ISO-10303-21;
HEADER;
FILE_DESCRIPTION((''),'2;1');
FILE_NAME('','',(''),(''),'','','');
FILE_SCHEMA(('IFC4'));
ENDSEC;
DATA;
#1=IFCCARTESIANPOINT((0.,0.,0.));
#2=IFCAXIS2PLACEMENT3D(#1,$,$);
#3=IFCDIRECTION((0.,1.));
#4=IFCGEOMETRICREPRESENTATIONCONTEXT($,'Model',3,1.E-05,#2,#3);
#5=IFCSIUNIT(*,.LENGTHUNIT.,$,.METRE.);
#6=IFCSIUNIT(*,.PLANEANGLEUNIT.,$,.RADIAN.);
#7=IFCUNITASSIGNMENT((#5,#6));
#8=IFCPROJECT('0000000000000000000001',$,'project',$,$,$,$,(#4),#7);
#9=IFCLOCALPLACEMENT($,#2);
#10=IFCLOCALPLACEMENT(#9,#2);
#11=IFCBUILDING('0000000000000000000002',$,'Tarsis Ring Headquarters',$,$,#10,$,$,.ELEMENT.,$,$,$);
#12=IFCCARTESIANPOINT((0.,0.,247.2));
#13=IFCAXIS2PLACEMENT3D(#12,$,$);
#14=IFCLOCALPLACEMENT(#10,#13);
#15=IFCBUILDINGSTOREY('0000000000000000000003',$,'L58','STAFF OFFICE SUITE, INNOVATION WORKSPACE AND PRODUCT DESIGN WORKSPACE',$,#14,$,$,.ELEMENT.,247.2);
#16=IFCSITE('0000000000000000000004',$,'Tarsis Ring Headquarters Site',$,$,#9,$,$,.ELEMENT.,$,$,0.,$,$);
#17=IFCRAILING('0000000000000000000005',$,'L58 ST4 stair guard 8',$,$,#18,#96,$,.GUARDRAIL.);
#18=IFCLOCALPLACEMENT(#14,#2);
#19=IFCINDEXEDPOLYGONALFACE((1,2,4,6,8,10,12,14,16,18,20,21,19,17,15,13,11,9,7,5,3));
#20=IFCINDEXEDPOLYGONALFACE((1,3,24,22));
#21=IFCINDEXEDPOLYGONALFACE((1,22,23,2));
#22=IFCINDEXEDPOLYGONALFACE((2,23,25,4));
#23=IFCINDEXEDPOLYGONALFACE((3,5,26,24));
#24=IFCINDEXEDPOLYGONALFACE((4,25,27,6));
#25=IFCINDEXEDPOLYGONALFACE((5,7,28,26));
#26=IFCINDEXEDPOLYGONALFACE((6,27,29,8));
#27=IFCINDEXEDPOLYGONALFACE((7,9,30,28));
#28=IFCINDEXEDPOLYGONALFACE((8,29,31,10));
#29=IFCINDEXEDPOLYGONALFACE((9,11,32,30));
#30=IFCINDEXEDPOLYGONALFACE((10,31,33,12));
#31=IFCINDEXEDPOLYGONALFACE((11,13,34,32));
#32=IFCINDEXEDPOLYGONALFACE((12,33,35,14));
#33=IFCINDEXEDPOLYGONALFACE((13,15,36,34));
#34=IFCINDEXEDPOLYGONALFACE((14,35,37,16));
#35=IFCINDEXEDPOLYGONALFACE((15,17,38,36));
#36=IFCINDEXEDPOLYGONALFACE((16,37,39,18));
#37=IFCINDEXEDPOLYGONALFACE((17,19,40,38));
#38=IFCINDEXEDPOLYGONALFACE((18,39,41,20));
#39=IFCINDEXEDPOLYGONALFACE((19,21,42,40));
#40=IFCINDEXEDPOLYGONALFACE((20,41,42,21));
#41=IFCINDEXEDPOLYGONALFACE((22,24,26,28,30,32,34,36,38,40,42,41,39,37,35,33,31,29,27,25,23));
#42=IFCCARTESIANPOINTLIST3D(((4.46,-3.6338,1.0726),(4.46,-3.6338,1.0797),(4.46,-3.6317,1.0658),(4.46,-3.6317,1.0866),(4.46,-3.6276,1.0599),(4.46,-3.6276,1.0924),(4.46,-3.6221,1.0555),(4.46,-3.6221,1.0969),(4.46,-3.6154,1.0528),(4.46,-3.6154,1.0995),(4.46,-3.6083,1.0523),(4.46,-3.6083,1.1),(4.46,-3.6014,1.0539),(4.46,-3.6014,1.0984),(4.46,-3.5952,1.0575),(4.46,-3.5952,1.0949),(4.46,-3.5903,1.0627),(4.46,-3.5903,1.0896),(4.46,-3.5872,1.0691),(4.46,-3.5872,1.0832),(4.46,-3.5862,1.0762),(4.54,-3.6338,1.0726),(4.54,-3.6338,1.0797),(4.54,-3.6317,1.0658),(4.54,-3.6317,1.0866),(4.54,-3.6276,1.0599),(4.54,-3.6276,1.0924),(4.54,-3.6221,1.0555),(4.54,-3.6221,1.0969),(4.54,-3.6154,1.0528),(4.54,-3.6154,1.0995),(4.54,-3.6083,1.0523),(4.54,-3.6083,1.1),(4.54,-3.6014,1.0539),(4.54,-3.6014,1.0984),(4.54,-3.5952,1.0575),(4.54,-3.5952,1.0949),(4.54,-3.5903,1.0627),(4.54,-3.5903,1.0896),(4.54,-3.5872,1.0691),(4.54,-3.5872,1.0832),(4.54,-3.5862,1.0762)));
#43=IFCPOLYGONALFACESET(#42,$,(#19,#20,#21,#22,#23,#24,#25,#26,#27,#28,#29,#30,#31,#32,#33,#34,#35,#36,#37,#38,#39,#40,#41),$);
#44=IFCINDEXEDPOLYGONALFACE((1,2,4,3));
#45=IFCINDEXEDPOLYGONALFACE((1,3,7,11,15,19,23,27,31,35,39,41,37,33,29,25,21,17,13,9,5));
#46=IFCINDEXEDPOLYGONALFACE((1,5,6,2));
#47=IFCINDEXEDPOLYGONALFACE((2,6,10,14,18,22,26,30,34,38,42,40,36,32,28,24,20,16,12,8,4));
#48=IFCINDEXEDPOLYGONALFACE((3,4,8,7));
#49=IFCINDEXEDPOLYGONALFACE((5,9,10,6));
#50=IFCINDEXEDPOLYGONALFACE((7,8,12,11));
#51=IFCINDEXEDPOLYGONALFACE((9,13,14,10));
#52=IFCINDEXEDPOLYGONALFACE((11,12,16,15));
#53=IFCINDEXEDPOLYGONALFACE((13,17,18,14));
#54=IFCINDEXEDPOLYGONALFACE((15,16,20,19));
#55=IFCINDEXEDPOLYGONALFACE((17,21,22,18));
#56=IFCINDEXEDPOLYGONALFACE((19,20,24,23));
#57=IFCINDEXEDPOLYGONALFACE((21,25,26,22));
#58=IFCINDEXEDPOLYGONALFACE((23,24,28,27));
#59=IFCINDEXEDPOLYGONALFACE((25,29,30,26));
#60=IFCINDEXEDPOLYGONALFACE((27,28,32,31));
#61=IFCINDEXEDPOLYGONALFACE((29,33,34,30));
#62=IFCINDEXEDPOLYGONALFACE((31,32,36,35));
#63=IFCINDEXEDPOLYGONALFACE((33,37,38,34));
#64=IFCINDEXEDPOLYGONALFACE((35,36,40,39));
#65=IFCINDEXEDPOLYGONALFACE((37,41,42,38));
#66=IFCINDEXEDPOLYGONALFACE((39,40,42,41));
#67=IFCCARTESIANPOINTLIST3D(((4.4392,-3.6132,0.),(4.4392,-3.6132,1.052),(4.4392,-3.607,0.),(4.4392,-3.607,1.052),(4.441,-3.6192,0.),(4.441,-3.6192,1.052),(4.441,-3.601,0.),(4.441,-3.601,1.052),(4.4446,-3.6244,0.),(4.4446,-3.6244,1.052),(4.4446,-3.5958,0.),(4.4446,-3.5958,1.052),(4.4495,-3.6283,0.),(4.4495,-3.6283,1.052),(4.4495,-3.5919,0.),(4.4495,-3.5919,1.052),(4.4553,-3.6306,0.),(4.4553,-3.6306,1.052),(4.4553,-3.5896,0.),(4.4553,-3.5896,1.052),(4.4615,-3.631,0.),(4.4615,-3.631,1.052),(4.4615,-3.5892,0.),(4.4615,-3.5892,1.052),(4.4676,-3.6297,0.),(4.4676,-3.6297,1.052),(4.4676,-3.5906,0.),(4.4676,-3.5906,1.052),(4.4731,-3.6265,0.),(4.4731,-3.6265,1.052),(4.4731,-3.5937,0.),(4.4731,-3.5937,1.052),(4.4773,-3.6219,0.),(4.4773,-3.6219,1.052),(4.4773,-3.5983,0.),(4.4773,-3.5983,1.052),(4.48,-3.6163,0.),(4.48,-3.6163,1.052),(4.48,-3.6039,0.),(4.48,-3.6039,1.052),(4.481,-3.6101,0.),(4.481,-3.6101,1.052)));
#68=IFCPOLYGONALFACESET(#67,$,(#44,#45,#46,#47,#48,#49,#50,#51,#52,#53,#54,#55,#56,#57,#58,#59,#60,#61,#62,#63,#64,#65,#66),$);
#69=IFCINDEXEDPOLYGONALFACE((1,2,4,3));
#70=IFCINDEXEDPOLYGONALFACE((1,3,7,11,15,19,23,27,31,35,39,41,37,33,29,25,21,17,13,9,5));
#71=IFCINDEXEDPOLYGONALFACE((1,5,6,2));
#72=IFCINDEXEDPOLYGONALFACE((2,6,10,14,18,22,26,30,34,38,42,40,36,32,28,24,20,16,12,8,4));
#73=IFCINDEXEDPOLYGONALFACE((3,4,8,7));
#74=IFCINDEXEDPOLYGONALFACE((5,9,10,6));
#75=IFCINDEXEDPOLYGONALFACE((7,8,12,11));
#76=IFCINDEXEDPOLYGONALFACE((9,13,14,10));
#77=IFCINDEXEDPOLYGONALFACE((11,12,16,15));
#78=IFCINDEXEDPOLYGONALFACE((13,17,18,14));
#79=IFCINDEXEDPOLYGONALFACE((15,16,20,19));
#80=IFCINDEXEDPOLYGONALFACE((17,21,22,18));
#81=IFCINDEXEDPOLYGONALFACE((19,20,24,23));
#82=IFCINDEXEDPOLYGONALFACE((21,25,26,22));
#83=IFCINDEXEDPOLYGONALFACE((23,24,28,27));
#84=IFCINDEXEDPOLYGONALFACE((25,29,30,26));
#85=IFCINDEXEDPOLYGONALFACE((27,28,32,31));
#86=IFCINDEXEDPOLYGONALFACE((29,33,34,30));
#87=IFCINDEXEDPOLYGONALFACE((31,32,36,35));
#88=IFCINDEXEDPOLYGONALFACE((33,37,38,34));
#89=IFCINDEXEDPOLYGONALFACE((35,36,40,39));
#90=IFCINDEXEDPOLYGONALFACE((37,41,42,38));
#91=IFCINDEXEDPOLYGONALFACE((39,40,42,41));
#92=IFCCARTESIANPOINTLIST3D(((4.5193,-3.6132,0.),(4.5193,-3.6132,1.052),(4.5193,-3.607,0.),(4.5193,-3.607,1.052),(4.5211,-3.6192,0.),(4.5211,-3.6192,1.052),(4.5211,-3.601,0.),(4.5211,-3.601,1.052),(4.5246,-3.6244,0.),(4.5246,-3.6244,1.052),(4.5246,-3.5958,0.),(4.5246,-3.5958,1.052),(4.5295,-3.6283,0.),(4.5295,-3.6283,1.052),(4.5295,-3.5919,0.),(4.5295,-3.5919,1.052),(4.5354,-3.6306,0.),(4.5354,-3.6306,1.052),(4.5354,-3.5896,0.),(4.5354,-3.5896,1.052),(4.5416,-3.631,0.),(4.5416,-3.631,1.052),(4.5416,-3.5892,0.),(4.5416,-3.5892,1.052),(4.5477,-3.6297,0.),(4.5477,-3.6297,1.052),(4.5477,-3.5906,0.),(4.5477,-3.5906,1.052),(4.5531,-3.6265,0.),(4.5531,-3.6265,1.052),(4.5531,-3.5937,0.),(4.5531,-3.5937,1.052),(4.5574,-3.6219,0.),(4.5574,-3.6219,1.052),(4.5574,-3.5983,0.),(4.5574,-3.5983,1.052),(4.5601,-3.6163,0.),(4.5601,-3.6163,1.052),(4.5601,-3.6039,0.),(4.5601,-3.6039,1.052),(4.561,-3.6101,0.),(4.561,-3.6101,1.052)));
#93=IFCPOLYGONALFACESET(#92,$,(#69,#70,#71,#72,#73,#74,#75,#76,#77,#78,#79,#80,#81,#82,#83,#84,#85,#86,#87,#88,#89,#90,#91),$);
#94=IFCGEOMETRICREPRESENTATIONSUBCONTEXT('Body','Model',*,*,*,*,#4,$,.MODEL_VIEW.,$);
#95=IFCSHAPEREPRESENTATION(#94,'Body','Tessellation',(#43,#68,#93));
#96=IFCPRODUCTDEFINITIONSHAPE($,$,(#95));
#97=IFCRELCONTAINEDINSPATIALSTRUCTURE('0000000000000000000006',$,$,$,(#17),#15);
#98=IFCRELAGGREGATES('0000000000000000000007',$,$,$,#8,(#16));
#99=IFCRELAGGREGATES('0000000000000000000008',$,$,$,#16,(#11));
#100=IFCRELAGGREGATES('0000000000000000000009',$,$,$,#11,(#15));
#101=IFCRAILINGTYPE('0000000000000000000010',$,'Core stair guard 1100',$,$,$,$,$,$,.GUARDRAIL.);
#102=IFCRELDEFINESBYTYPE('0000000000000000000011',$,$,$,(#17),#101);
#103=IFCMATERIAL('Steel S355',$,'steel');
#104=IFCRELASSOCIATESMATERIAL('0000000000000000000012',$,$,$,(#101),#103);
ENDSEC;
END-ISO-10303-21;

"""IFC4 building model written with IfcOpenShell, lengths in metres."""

from ifc_helpers import new_model, si_unit, direction, frame, origin, origin_2d, place, context, subcontext, project, spatial, circle, extrude, material, type_object, element, save


model = new_model("IFC4")

# Units and contexts
model_context = context("Model", 3, precision=1e-05, world=origin(), true_north=direction((0.0, 1.0)))
body_context = subcontext(model_context, "Body", "Model", "MODEL_VIEW")
ifc_project = project(units=[si_unit("LENGTHUNIT", "METRE"), si_unit("PLANEANGLEUNIT", "RADIAN")], contexts=[model_context])

# Site, building, storey
site_placement = place(None, origin())
site = spatial("IfcSite", under=ifc_project, at=site_placement, Name="Tarsis Ring Headquarters Site", CompositionType="ELEMENT", RefElevation=0.0)
building_placement = place(site_placement, origin())
building = spatial("IfcBuilding", under=site, at=building_placement, Name="Tarsis Ring Headquarters", CompositionType="ELEMENT")
storey_placement = place(building_placement, frame((0.0, 0.0, 247.2)))
storey = spatial("IfcBuildingStorey", under=building, at=storey_placement, Name="L58", Description="STAFF OFFICE SUITE, INNOVATION WORKSPACE AND PRODUCT DESIGN WORKSPACE", CompositionType="ELEMENT", Elevation=247.2)

# Railing
ifc_material_1 = material(Name="Steel S355", Category="steel")
railing_type_1 = type_object("IfcRailingType", Name="Core stair guard 1100", PredefinedType="GUARDRAIL", material=ifc_material_1)
railing_1_placement = place(storey_placement, frame((4.46, -3.6101, 0.0)))
element("IfcRailing", 1, at=railing_1_placement, inside=storey, type_object=railing_type_1, Name="L58 ST4 stair guard 8", PredefinedType="GUARDRAIL", context=body_context, shape_type="SweptSolid", body=[
    extrude(circle(Radius=0.0239, at=origin_2d()), frame((0.0, 0.0, 1.0762), z_axis=(1.0, 0.0, 0.0), x_axis=(0.0, 1.0, 0.0)), (0.0, 0.0, 1.0), 0.0801),
    extrude(circle(Radius=0.021, at=origin_2d()), origin(), (0.0, 0.0, 1.0), 1.052),
    extrude(circle(Radius=0.021, at=origin_2d()), frame((0.0801, 0.0, 0.0)), (0.0, 0.0, 1.0), 1.052),
])

save(model, "model.ifc")
